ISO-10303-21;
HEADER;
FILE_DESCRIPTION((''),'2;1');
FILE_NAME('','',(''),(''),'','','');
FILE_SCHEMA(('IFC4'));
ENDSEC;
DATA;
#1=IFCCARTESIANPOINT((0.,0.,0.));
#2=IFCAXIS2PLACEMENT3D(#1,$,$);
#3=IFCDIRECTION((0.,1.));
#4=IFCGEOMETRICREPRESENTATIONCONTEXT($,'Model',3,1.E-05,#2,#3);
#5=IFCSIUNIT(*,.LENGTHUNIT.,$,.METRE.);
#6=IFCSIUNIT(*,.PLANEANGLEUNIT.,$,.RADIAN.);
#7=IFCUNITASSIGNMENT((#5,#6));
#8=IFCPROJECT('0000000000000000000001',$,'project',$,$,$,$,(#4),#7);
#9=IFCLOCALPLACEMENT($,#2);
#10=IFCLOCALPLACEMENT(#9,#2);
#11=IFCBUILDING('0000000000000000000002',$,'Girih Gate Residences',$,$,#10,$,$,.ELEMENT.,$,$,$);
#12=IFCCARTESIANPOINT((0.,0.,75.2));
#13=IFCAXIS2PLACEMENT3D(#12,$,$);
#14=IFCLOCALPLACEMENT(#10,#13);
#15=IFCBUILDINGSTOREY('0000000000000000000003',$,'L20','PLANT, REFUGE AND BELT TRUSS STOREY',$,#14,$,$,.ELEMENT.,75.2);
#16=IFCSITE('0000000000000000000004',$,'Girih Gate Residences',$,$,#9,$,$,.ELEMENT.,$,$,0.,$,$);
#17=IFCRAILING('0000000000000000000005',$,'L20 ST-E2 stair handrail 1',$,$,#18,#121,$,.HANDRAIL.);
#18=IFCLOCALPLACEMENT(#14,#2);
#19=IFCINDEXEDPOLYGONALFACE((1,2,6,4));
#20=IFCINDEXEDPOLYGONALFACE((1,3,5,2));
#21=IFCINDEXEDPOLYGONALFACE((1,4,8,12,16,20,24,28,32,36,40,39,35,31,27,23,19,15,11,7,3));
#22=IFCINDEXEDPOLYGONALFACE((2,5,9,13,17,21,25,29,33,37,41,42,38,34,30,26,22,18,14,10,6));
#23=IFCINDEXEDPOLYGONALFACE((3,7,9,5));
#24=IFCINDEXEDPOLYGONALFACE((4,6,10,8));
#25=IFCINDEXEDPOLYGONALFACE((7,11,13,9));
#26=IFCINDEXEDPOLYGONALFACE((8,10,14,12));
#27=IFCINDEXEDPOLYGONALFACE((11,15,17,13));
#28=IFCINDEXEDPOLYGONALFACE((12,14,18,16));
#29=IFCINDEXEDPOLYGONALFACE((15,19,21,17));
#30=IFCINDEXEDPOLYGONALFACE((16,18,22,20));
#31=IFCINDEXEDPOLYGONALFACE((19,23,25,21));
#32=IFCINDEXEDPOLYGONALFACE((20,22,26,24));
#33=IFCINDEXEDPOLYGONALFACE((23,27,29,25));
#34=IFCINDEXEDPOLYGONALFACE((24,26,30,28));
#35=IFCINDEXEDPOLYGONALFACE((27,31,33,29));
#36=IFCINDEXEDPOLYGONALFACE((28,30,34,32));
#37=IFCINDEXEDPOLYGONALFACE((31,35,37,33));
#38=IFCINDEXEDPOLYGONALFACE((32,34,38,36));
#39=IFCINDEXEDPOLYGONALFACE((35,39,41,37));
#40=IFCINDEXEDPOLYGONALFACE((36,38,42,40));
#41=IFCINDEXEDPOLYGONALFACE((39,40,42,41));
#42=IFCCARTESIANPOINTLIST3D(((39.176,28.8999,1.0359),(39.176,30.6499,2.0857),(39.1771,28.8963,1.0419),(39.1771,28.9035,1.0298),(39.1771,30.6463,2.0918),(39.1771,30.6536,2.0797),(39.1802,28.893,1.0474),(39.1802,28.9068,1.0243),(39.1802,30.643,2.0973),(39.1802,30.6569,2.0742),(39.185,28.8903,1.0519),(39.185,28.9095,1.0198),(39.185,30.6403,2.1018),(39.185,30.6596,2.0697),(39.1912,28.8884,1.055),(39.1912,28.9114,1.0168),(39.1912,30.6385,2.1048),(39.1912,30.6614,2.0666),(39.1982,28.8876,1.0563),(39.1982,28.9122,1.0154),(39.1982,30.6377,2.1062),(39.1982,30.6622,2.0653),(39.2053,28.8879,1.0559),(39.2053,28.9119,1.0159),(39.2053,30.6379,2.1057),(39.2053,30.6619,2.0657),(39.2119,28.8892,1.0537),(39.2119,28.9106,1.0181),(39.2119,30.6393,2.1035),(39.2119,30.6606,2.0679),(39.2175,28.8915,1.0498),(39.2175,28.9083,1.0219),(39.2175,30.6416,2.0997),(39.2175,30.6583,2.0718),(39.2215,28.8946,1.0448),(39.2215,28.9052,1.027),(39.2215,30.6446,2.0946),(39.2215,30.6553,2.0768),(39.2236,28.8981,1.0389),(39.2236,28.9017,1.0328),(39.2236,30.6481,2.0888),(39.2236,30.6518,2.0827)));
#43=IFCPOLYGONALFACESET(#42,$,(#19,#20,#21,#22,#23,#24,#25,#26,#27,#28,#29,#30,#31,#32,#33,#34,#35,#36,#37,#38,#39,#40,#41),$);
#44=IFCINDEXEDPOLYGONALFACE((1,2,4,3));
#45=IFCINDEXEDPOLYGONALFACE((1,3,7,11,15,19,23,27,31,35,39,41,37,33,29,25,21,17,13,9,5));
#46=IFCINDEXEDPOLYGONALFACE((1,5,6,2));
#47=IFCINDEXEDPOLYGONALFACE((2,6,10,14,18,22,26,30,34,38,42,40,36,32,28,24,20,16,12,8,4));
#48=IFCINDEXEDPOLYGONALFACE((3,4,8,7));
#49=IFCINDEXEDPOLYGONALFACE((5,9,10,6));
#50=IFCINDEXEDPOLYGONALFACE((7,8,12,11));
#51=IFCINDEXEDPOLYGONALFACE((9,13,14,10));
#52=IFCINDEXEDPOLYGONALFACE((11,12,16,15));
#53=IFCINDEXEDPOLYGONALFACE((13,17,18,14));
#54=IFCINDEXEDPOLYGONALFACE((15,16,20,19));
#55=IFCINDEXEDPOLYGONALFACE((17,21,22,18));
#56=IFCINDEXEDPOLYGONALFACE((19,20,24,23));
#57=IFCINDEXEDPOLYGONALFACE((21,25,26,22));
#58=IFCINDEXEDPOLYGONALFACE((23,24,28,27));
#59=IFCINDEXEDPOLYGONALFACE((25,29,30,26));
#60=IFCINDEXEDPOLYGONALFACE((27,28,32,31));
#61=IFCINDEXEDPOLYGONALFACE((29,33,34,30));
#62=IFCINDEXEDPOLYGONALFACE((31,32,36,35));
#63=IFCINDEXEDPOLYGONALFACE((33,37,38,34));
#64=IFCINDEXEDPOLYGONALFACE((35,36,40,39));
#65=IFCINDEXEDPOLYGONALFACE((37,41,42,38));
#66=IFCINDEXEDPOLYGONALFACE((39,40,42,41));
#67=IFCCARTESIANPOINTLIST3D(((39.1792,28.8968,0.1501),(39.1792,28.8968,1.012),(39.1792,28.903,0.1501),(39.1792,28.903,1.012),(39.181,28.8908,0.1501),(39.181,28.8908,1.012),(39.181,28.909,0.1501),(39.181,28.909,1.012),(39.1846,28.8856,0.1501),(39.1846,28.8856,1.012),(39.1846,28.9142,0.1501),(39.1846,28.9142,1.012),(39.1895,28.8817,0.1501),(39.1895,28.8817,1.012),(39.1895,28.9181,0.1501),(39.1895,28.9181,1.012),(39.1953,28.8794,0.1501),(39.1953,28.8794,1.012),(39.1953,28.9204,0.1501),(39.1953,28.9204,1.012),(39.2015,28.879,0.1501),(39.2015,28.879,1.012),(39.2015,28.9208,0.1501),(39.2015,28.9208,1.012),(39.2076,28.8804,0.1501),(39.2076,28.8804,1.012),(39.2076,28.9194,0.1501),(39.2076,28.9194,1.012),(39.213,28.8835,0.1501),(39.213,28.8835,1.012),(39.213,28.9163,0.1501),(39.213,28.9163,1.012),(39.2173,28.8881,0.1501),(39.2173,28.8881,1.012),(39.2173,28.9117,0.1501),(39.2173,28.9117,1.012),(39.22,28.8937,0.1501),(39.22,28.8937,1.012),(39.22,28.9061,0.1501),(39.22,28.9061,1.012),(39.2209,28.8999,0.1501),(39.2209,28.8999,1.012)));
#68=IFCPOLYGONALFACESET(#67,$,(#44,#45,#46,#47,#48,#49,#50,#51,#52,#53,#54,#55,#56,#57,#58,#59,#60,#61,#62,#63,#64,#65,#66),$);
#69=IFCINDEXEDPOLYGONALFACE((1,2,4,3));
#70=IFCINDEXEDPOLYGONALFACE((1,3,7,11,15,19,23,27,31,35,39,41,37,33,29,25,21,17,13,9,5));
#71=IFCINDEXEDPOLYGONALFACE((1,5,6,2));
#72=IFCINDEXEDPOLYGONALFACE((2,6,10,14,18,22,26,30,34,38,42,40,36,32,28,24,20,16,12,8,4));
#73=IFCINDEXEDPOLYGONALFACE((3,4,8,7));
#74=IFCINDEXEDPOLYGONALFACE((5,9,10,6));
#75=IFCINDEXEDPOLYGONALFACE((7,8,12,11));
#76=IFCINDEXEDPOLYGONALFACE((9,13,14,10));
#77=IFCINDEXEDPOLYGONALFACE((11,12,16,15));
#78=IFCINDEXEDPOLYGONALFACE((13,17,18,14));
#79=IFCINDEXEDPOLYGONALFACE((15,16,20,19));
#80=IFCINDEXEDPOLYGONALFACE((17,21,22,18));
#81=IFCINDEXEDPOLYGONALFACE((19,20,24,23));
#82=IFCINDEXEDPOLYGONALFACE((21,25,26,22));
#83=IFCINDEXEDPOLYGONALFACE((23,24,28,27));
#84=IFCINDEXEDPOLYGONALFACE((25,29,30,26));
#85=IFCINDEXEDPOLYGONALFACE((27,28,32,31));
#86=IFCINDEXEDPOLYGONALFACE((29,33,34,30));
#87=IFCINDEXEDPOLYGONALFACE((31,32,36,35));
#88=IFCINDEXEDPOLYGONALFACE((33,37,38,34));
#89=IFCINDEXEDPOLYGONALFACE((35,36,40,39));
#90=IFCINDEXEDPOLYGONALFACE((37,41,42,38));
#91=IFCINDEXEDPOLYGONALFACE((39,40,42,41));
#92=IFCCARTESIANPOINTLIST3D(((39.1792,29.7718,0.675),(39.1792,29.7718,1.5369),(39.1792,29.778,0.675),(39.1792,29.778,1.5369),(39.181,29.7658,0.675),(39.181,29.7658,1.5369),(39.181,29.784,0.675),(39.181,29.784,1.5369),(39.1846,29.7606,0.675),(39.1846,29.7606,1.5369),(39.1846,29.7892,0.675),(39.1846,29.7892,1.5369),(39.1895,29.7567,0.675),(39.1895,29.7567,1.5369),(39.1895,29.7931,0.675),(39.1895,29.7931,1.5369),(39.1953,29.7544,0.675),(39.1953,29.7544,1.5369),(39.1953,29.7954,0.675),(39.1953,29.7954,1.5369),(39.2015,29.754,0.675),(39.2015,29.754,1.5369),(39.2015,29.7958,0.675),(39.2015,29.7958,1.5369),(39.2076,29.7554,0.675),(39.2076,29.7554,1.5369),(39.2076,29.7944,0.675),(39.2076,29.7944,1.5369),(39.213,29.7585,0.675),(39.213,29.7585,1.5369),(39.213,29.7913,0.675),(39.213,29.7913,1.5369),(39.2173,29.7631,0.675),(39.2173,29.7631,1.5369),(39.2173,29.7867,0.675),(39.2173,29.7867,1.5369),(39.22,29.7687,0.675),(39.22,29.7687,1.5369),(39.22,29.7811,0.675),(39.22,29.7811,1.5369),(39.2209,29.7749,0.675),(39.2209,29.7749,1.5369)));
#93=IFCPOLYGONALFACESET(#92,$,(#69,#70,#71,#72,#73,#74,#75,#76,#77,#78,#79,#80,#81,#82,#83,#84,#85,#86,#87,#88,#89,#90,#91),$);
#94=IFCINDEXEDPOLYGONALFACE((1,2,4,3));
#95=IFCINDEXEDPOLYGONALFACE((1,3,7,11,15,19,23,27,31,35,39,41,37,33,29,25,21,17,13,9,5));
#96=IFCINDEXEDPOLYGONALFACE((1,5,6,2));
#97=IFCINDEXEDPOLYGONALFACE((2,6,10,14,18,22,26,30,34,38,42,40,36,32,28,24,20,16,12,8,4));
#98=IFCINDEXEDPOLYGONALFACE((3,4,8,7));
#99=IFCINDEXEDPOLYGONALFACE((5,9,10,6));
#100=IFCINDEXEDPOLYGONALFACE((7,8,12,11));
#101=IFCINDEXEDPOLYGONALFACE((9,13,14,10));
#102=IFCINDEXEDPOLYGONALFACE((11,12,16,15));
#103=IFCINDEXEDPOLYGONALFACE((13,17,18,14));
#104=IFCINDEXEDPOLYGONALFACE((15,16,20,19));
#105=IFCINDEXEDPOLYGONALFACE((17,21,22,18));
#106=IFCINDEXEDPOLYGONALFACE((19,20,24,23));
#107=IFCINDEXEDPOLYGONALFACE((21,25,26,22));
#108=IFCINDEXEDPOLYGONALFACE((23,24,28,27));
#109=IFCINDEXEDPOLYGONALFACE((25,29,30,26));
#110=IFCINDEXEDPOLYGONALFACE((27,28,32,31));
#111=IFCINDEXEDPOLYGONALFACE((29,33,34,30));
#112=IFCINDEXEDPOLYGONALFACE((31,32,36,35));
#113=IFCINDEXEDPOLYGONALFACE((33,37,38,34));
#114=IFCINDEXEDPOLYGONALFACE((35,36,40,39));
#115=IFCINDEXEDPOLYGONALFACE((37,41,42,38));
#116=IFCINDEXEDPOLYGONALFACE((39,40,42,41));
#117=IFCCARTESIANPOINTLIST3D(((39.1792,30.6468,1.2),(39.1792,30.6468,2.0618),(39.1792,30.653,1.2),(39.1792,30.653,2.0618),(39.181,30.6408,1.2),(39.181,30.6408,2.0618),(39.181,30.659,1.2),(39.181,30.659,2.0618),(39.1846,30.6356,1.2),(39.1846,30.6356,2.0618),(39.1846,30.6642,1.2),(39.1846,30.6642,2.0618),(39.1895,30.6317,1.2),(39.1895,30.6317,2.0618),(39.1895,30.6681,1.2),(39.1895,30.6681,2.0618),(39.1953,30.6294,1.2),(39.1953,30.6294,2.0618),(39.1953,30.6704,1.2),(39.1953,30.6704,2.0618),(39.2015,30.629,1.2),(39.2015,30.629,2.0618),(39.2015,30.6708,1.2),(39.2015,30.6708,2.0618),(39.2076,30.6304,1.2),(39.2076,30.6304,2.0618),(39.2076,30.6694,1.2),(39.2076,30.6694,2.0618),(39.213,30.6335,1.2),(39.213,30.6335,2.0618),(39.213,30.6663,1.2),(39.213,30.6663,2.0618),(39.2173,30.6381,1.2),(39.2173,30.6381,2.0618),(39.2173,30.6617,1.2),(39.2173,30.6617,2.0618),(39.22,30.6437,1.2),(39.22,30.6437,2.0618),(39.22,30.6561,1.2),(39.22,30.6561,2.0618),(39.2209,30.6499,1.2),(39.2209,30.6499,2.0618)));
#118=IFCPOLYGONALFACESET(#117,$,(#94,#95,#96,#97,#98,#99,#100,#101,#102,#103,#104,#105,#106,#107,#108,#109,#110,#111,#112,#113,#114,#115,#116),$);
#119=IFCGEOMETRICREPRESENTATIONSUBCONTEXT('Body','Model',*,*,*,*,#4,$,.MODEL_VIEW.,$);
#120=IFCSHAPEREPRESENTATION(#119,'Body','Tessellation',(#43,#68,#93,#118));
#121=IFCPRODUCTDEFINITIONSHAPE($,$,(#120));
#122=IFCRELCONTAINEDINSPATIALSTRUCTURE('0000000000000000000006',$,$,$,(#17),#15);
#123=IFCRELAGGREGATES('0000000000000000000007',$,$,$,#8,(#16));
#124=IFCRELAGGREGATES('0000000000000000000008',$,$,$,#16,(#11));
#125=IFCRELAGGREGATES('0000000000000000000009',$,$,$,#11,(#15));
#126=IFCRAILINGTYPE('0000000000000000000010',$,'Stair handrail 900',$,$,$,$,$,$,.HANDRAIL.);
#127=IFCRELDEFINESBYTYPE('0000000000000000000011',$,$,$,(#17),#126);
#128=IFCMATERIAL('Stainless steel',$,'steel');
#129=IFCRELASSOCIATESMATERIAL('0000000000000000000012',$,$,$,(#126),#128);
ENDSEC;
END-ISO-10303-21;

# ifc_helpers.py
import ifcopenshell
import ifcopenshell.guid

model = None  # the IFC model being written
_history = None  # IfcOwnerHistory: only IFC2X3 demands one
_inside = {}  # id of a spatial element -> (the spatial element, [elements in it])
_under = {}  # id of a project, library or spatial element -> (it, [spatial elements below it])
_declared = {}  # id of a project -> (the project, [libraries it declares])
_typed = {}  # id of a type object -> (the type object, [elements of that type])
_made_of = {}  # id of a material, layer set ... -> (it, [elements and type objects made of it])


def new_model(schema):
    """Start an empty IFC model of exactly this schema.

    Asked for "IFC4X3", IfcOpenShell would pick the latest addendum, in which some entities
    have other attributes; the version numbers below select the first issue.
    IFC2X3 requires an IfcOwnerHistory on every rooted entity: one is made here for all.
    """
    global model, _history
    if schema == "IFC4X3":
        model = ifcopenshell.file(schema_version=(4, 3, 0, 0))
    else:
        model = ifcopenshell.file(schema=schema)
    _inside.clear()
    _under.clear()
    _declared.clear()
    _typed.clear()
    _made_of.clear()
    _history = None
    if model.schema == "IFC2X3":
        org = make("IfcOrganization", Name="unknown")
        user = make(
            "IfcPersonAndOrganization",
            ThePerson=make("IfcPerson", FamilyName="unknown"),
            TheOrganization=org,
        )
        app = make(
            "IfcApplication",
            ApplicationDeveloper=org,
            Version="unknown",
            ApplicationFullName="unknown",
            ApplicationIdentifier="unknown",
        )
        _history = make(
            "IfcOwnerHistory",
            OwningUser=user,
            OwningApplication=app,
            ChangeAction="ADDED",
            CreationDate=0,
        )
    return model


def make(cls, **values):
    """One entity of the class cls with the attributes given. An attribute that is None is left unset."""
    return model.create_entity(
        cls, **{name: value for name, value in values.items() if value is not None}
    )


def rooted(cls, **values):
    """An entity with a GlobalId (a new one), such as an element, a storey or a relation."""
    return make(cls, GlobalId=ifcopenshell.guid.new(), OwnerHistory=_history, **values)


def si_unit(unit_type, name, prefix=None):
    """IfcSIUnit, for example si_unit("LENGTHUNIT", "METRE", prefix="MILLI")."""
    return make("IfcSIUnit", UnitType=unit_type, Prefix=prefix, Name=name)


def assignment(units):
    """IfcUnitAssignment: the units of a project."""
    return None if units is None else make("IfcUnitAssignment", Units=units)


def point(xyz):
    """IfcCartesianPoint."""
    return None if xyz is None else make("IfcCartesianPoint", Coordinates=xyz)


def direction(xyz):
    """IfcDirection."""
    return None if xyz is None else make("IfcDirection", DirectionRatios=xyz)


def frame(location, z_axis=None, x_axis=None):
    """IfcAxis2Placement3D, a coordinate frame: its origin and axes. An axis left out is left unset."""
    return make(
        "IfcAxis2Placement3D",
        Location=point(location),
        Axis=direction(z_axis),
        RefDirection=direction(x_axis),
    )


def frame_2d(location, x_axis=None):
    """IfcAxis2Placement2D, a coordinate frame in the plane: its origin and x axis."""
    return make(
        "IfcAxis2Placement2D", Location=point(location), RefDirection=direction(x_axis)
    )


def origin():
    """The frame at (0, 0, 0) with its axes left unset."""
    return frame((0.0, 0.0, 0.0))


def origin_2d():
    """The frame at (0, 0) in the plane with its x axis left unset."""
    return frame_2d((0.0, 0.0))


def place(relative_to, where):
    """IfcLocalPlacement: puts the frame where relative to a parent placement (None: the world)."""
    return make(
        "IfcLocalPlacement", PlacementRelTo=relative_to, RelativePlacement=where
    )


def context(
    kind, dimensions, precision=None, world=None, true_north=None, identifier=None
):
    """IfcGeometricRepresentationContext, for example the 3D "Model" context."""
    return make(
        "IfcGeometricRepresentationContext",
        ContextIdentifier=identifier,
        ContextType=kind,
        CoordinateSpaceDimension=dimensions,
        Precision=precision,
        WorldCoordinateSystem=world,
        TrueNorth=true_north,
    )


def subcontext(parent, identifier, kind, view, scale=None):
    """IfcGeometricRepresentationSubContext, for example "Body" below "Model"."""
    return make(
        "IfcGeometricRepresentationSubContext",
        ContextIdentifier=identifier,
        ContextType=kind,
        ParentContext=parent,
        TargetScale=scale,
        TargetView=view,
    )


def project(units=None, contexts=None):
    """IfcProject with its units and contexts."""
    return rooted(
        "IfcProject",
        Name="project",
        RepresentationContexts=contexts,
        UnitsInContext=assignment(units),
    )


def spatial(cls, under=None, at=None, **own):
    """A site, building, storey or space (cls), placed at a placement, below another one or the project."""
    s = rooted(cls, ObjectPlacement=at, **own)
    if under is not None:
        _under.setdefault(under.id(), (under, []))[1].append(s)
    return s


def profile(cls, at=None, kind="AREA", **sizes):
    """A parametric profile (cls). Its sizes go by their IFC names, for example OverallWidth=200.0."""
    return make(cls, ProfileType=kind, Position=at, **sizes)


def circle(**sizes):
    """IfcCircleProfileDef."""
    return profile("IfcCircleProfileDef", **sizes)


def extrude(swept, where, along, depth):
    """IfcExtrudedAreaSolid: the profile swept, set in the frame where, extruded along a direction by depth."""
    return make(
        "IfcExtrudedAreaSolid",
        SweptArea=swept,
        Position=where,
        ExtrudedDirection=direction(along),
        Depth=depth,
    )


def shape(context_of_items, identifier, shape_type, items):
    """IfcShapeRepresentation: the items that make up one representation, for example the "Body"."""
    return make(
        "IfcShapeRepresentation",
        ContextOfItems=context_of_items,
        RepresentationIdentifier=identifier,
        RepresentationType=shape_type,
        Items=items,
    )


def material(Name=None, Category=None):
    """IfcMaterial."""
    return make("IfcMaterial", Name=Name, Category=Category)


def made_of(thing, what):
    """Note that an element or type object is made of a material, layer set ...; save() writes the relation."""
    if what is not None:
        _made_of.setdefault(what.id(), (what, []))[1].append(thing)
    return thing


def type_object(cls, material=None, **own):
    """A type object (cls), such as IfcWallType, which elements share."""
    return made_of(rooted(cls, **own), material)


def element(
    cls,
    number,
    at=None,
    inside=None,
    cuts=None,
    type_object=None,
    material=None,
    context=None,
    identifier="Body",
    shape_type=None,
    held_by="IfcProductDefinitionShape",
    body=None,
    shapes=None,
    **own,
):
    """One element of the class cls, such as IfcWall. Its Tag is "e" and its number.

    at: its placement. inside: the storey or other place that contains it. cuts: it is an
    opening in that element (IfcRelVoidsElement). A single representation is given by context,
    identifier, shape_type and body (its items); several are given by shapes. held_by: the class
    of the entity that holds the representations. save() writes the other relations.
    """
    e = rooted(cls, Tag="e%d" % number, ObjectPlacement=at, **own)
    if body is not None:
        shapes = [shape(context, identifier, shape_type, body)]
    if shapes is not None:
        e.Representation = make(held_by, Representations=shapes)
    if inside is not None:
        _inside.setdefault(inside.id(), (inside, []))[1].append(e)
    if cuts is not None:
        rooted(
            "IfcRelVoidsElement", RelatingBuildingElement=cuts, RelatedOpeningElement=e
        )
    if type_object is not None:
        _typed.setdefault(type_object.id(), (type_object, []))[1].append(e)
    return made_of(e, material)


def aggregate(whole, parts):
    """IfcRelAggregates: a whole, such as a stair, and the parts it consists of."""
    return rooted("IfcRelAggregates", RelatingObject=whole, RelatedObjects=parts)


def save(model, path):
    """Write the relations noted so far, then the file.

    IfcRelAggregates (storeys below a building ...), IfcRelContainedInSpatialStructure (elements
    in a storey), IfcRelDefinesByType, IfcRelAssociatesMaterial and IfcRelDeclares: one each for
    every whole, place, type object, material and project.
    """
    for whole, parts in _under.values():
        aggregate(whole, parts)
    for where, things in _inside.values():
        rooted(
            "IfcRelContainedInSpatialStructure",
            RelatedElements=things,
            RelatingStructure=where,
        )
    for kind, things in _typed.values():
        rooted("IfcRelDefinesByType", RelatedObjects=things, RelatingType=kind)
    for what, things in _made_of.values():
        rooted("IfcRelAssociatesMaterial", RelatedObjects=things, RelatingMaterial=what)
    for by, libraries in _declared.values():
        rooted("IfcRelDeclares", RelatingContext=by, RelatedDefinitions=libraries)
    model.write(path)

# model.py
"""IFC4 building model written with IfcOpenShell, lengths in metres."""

from ifc_helpers import new_model, si_unit, direction, frame, origin, origin_2d, place, context, subcontext, project, spatial, circle, extrude, material, type_object, element, save


model = new_model("IFC4")

# Units and contexts
model_context = context("Model", 3, precision=1e-05, world=origin(), true_north=direction((0.0, 1.0)))
body_context = subcontext(model_context, "Body", "Model", "MODEL_VIEW")
ifc_project = project(units=[si_unit("LENGTHUNIT", "METRE"), si_unit("PLANEANGLEUNIT", "RADIAN")], contexts=[model_context])

# Site, building, storey
site_placement = place(None, origin())
site = spatial("IfcSite", under=ifc_project, at=site_placement, Name="Girih Gate Residences", CompositionType="ELEMENT", RefElevation=0.0)
building_placement = place(site_placement, origin())
building = spatial("IfcBuilding", under=site, at=building_placement, Name="Girih Gate Residences", CompositionType="ELEMENT")
storey_placement = place(building_placement, frame((0.0, 0.0, 75.2)))
storey = spatial("IfcBuildingStorey", under=building, at=storey_placement, Name="L20", Description="PLANT, REFUGE AND BELT TRUSS STOREY", CompositionType="ELEMENT", Elevation=75.2)

# Railing
ifc_material_1 = material(Name="Stainless steel", Category="steel")
railing_type_1 = type_object("IfcRailingType", Name="Stair handrail 900", PredefinedType="HANDRAIL", material=ifc_material_1)
railing_1_placement = place(storey_placement, frame((39.2, 28.8999, 0.1501)))
element("IfcRailing", 1, at=railing_1_placement, inside=storey, type_object=railing_type_1, Name="L20 ST-E2 stair handrail 1", PredefinedType="HANDRAIL", context=body_context, shape_type="SweptSolid", body=[
    extrude(circle(Radius=0.0239, at=origin_2d()), frame((0.0, 0.0, 0.8857), z_axis=(0.0, 0.857535, 0.514425), x_axis=(-1.0, 0.0, 0.0)), (0.0, 0.0, 1.0), 2.0408),
    extrude(circle(Radius=0.021, at=origin_2d()), origin(), (0.0, 0.0, 1.0), 0.8618),
    extrude(circle(Radius=0.021, at=origin_2d()), frame((0.0, 0.875, 0.5249)), (0.0, 0.0, 1.0), 0.8618),
    extrude(circle(Radius=0.021, at=origin_2d()), frame((0.0, 1.75, 1.0498)), (0.0, 0.0, 1.0), 0.8618),
])

save(model, "model.ifc")
